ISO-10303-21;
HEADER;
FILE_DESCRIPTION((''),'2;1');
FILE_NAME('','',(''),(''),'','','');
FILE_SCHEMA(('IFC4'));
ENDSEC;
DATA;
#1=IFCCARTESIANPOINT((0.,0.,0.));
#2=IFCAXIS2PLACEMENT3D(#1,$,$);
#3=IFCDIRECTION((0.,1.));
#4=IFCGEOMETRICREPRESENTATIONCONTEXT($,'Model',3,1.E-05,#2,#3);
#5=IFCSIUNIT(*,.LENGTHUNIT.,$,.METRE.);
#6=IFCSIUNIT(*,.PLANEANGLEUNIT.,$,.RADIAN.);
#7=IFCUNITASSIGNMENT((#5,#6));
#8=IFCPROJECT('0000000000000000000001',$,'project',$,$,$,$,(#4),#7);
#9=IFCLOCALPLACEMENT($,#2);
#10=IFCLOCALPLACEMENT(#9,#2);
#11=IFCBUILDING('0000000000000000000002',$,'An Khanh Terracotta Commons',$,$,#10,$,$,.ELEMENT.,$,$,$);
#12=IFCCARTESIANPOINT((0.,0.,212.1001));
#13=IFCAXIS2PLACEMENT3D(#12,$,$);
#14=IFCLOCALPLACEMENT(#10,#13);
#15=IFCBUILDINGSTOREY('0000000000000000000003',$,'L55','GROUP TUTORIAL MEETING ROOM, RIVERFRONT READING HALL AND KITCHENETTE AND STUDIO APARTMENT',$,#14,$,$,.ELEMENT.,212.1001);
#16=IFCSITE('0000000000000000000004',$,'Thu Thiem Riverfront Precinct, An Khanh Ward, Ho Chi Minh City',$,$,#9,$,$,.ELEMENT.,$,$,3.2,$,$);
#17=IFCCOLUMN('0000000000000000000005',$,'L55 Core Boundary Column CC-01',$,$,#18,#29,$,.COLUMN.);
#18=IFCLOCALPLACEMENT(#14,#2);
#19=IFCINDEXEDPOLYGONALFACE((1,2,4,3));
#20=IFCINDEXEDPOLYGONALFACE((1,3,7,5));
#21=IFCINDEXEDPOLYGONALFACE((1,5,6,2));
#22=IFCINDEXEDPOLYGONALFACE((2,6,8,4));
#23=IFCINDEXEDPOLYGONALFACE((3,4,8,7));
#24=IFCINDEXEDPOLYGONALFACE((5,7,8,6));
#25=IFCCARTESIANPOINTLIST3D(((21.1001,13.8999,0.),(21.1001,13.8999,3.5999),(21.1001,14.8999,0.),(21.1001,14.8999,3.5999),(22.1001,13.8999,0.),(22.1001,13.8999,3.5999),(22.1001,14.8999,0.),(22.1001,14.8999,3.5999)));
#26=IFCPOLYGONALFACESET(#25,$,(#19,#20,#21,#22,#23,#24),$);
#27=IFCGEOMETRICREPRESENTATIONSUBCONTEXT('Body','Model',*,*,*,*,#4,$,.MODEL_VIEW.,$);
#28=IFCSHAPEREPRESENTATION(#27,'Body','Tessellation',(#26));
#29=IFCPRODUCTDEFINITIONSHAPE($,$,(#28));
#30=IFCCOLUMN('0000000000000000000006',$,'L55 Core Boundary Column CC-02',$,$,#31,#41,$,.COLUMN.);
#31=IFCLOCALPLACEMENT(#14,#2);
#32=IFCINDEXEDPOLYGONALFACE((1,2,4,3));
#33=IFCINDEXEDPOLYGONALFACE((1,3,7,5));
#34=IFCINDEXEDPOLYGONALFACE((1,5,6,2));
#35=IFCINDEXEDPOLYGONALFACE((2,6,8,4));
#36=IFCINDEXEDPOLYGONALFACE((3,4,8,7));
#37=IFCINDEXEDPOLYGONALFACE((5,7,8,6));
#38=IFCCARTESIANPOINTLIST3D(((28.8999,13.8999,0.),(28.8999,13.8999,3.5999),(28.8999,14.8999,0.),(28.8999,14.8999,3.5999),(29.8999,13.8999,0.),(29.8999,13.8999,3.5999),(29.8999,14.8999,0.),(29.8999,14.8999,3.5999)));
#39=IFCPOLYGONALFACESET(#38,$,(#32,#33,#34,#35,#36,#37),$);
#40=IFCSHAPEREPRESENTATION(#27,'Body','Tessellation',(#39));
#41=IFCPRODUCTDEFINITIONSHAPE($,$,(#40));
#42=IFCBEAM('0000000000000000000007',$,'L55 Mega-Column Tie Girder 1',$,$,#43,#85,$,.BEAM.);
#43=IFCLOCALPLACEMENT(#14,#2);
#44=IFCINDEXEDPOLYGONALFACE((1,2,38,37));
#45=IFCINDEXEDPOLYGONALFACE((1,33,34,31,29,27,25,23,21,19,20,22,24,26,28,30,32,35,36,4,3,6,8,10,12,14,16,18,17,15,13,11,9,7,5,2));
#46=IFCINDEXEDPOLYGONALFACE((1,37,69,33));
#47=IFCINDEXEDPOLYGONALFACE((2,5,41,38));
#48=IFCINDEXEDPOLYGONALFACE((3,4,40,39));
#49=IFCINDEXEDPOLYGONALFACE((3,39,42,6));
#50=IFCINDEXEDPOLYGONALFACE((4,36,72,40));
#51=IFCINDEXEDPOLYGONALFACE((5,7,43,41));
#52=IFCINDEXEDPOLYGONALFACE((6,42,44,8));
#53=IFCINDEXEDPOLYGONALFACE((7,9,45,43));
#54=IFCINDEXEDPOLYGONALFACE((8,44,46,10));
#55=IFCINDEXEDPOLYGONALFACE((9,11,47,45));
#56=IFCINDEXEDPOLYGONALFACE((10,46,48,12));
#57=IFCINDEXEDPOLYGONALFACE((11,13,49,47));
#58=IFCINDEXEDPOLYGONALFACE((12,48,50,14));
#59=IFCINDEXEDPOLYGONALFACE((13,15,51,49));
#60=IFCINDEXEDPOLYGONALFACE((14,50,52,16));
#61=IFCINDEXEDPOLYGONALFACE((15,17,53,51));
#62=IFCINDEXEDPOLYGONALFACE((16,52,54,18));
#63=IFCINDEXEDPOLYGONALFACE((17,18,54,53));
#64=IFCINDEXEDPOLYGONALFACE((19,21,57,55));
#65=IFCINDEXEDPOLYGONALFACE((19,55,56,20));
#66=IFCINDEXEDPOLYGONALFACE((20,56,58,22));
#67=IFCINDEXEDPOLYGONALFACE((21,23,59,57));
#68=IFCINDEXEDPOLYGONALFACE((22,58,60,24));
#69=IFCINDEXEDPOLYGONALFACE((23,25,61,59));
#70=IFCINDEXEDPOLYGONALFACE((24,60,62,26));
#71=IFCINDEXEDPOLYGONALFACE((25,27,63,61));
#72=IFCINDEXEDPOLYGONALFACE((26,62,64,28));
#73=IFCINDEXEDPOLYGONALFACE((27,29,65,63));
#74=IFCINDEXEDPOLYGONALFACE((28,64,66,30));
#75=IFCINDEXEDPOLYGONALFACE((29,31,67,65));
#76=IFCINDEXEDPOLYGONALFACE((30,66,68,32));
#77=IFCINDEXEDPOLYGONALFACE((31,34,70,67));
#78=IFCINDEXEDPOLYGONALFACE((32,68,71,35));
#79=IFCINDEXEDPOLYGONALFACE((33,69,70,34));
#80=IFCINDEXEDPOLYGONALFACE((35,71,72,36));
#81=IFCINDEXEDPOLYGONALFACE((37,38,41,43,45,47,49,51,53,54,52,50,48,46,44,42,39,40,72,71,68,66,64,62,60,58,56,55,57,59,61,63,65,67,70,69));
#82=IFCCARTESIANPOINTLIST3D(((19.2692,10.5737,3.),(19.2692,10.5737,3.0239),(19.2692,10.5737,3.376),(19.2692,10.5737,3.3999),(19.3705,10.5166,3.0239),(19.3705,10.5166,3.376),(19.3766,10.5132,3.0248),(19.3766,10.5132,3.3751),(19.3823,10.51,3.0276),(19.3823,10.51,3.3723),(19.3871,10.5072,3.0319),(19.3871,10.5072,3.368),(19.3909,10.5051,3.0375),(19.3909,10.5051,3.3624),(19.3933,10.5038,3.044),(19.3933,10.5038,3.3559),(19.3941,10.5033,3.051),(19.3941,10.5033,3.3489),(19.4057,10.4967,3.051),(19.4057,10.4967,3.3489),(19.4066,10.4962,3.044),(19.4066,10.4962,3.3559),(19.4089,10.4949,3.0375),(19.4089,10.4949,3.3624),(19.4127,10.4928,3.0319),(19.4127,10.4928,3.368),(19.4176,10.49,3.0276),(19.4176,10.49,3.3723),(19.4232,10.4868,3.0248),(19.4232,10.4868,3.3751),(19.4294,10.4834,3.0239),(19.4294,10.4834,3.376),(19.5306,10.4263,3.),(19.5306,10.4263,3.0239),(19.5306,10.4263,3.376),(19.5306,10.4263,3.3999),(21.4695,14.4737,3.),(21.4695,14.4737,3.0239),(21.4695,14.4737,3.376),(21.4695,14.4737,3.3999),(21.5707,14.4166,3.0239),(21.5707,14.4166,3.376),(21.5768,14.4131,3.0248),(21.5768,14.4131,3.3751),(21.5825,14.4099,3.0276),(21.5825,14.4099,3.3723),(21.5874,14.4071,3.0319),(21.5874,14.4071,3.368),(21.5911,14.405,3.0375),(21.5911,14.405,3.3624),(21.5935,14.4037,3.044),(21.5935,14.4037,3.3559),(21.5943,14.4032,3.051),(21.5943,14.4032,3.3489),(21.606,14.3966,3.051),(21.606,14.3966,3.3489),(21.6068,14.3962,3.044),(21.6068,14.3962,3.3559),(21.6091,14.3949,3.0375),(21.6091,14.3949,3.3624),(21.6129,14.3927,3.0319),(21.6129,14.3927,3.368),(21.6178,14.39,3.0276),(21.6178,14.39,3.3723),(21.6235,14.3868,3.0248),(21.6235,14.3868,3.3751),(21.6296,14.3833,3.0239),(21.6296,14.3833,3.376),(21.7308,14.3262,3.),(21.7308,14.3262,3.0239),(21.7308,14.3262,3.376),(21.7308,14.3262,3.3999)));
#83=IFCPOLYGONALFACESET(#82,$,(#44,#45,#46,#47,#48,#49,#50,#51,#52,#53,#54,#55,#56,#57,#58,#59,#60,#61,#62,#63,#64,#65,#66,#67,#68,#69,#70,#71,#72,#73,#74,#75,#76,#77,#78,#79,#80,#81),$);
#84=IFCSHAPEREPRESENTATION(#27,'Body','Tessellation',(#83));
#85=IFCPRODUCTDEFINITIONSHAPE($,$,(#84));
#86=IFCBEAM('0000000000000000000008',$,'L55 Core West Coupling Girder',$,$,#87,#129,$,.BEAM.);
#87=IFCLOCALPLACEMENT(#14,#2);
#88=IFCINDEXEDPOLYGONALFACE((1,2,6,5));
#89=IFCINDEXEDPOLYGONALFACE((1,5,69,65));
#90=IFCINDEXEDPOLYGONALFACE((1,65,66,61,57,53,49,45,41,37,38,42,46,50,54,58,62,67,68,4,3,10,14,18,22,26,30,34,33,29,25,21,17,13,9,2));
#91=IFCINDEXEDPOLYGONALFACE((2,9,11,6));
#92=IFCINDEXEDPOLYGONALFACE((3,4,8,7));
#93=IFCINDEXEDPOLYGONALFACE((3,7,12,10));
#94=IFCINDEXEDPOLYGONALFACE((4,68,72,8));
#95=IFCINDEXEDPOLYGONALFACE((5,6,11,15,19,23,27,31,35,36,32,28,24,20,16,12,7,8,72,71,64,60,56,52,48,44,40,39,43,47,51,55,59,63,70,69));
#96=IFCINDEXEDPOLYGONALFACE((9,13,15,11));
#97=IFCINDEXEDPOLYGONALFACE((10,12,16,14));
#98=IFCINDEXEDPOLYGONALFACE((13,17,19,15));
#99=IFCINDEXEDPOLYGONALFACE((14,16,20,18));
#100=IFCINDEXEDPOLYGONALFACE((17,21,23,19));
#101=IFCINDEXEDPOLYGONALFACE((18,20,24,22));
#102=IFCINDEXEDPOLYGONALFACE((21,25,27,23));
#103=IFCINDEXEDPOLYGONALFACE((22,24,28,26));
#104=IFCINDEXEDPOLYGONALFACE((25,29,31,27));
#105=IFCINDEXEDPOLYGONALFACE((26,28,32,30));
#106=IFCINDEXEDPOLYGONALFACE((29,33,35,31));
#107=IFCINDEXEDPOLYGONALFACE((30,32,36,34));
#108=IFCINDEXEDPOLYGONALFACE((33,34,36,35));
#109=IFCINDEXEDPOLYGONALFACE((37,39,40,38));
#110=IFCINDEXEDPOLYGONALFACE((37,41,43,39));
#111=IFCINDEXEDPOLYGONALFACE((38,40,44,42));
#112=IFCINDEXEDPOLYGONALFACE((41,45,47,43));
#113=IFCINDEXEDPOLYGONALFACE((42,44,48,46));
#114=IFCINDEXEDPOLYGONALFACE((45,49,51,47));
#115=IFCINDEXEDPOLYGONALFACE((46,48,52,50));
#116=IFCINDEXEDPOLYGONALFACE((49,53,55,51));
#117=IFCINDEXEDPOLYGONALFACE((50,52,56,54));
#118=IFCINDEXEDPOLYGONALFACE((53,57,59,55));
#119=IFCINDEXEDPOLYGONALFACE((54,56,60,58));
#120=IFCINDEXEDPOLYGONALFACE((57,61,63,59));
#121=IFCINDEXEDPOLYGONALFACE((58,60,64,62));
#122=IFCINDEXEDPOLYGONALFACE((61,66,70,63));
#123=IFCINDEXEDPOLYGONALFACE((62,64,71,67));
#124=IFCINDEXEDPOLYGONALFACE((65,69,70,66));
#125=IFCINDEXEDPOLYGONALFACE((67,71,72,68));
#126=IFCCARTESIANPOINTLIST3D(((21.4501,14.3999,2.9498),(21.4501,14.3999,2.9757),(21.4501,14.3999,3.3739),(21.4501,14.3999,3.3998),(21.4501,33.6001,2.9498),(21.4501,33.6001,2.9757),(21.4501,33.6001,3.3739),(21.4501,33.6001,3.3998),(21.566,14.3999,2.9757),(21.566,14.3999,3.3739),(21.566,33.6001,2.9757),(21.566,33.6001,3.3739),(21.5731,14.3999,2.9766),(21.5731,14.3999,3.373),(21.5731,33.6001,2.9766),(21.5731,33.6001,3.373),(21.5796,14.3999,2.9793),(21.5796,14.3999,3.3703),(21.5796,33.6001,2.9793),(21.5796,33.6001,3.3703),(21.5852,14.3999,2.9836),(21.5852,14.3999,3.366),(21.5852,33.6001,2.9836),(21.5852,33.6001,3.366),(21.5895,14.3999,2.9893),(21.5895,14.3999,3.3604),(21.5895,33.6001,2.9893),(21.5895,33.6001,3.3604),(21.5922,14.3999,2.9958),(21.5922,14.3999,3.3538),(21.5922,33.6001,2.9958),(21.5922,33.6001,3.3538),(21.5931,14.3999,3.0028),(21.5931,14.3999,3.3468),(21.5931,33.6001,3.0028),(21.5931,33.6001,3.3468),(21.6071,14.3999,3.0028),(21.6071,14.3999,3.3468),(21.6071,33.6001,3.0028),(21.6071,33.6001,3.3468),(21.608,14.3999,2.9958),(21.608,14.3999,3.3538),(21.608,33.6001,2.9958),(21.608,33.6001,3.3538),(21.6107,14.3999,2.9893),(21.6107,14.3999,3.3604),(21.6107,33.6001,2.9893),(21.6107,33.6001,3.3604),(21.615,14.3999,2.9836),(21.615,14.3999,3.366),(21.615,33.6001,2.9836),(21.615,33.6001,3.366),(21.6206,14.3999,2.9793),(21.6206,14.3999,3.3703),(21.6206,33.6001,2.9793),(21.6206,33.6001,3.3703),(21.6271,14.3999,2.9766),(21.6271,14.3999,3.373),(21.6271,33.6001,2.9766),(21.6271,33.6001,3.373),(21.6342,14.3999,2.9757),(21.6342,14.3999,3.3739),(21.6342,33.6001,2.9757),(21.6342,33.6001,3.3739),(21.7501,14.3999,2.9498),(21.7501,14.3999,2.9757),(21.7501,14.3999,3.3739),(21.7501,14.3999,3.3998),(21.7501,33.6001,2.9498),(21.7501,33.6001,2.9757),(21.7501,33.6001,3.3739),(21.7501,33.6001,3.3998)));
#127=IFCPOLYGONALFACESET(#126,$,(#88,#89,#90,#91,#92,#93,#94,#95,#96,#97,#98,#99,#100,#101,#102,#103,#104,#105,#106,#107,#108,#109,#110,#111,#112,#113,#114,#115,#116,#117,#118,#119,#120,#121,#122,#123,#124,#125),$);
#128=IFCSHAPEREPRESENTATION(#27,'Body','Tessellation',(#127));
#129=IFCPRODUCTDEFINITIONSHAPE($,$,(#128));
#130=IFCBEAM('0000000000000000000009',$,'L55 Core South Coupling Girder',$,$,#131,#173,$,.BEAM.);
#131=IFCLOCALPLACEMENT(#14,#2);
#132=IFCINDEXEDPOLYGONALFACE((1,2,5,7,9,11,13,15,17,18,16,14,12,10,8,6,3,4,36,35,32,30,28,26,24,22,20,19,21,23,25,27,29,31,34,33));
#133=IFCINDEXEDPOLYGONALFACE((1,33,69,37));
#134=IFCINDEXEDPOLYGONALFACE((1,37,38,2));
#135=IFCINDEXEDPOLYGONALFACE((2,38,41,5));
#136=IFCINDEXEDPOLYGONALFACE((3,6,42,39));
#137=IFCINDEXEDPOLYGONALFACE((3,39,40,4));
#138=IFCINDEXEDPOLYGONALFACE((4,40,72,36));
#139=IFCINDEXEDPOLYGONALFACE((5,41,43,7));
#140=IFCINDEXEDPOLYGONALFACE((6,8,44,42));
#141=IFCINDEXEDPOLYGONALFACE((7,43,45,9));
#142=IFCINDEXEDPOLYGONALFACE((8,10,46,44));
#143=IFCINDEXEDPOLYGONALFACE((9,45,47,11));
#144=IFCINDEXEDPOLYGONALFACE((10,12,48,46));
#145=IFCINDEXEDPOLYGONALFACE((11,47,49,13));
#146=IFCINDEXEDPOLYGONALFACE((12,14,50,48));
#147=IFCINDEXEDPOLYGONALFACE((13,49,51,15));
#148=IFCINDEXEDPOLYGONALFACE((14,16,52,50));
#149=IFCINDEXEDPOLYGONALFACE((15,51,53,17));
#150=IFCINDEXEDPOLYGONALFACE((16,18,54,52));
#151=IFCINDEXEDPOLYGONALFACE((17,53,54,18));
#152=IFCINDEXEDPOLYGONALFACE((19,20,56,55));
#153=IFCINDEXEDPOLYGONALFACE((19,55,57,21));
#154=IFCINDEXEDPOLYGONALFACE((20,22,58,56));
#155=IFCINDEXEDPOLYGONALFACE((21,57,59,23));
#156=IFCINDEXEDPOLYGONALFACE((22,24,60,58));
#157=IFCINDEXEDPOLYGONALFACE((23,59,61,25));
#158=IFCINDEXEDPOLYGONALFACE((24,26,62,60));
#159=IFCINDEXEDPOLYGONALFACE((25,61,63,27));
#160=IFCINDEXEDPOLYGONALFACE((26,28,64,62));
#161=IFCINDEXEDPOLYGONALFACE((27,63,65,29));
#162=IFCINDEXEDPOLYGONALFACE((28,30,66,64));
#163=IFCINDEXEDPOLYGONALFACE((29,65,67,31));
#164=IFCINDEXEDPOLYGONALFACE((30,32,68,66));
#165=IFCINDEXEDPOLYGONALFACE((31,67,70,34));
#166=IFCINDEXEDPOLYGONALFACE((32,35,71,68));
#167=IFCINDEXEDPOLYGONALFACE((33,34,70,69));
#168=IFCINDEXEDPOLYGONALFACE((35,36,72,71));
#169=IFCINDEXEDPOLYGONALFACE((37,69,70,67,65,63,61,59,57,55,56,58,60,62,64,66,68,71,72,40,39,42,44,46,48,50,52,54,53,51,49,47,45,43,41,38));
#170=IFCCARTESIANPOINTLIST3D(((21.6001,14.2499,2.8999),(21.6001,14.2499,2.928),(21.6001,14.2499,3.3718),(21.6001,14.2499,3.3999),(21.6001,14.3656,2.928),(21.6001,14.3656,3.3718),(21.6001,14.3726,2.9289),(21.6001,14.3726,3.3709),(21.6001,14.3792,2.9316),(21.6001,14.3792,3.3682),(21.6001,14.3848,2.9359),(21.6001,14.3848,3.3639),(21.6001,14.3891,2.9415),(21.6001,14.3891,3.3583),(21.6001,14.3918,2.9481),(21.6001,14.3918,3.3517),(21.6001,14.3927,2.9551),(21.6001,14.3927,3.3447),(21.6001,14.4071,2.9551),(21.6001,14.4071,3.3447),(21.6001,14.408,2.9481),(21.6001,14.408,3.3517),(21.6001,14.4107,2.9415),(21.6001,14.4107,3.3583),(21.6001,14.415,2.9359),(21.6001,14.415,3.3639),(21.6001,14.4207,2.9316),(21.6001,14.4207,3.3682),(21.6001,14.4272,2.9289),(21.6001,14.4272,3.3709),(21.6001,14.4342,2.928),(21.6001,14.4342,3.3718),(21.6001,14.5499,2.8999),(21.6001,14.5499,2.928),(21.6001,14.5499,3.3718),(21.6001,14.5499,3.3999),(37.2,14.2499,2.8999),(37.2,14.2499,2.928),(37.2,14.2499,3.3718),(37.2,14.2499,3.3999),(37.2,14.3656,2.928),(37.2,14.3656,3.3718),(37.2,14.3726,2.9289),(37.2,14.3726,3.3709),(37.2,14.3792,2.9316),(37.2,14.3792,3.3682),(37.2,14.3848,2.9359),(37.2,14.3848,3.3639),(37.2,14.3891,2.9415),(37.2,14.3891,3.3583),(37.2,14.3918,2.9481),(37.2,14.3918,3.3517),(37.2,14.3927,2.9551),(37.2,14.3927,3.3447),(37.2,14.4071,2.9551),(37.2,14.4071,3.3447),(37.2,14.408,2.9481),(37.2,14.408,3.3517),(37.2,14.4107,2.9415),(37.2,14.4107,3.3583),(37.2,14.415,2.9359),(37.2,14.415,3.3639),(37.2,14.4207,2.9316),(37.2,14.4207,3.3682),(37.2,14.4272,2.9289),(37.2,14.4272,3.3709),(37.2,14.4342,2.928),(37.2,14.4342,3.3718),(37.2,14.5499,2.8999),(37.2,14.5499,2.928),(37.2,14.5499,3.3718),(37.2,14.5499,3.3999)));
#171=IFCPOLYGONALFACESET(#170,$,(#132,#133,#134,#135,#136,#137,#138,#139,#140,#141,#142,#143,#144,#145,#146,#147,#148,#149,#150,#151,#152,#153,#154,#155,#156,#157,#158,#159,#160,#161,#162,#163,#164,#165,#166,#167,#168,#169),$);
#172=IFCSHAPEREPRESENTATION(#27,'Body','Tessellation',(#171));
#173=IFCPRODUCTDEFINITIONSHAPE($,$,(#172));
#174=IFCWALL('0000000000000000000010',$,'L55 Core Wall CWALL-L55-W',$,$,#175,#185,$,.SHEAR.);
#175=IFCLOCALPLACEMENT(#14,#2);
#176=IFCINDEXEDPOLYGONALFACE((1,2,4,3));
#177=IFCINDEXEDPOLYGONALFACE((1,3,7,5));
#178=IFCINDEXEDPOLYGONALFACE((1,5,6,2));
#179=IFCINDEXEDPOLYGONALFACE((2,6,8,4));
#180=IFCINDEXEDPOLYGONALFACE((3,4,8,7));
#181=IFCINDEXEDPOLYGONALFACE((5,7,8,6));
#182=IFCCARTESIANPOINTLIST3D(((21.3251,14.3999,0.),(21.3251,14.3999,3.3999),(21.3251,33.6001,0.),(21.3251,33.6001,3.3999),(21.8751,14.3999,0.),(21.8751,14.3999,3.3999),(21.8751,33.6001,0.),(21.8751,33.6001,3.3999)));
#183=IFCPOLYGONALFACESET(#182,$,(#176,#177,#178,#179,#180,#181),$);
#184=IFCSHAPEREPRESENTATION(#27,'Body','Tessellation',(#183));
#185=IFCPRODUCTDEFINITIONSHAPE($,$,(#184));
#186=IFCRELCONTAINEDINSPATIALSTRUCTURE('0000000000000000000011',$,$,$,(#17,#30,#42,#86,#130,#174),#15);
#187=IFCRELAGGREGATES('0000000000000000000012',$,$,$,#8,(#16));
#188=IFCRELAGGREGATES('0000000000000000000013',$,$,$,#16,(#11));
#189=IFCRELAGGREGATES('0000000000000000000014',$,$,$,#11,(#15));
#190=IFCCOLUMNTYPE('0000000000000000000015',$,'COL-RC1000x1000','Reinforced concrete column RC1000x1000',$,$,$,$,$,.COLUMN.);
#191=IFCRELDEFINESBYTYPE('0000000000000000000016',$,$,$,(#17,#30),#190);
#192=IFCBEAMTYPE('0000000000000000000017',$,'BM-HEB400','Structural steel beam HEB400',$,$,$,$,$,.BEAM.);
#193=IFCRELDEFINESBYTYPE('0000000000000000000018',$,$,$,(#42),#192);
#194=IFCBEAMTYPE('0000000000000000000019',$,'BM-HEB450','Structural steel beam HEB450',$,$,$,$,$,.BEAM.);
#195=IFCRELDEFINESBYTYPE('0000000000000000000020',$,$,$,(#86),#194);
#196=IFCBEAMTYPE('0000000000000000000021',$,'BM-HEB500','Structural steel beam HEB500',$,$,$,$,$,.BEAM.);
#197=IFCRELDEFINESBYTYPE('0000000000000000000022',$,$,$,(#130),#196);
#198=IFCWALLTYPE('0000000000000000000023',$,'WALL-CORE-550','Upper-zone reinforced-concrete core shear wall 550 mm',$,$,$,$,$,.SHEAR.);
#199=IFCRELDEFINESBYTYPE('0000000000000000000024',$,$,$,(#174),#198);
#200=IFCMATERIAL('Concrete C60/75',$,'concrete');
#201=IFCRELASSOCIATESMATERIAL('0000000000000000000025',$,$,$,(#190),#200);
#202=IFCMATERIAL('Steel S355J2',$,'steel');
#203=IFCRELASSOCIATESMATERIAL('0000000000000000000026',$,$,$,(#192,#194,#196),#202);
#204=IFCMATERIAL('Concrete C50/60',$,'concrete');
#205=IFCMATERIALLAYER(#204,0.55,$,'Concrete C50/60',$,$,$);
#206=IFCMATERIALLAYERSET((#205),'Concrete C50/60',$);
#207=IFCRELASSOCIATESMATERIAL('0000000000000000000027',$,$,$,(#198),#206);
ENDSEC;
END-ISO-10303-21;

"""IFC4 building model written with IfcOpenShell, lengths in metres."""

from ifc_helpers import new_model, si_unit, direction, frame, frame_2d, origin, origin_2d, place, context, subcontext, project, spatial, rectangle, i_section, extrude, material, layer, layer_set, material_profile, profile_set, type_object, element, save


model = new_model("IFC4")

# Units and contexts
model_context = context("Model", 3, precision=1e-05, world=origin(), true_north=direction((0.0, 1.0)))
body_context = subcontext(model_context, "Body", "Model", "MODEL_VIEW")
ifc_project = project(units=[si_unit("LENGTHUNIT", "METRE"), si_unit("PLANEANGLEUNIT", "RADIAN")], contexts=[model_context])

# Site, building, storey
site_placement = place(None, origin())
site = spatial("IfcSite", under=ifc_project, at=site_placement, Name="Thu Thiem Riverfront Precinct, An Khanh Ward, Ho Chi Minh City", CompositionType="ELEMENT", RefElevation=3.2)
building_placement = place(site_placement, origin())
building = spatial("IfcBuilding", under=site, at=building_placement, Name="An Khanh Terracotta Commons", CompositionType="ELEMENT")
storey_placement = place(building_placement, frame((0.0, 0.0, 212.1001)))
storey = spatial("IfcBuildingStorey", under=building, at=storey_placement, Name="L55", Description="GROUP TUTORIAL MEETING ROOM, RIVERFRONT READING HALL AND KITCHENETTE AND STUDIO APARTMENT", CompositionType="ELEMENT", Elevation=212.1001)

# Columns
ifc_material_1 = material(Name="Concrete C60/75", Category="concrete")
ifc_material_profile_1 = material_profile(ifc_material_1, rectangle(XDim=1.0, YDim=1.0, at=origin_2d()), Name="RC1000x1000")
ifc_profile_set_1 = profile_set([ifc_material_profile_1], Name="Concrete C60/75")
column_type = type_object("IfcColumnType", Name="COL-RC1000x1000", Description="Reinforced concrete column RC1000x1000", PredefinedType="COLUMN", material=ifc_profile_set_1)
for number, where, z_axis, x_axis, name in (
    (1, (21.6001, 14.3999, 0.0), (0.0, 0.0, 1.0), (1.0, 0.0, 0.0), "L55 Core Boundary Column CC-01"),
    (2, (29.3999, 14.3999, 0.0), (0.0, 0.0, 1.0), (1.0, 0.0, 0.0), "L55 Core Boundary Column CC-02"),
):
    element("IfcColumn", number, at=place(storey_placement, frame(where, z_axis=z_axis, x_axis=x_axis)), inside=storey, type_object=column_type, Name=name, PredefinedType="COLUMN", context=body_context, shape_type="SweptSolid", body=[
        extrude(rectangle(XDim=1.0, YDim=1.0, at=origin_2d()), origin(), (0.0, 0.0, 1.0), 3.5999),
    ])

# Beams
ifc_material_2 = material(Name="Steel S355J2", Category="steel")
ifc_material_profile_2 = material_profile(ifc_material_2, i_section(OverallWidth=0.3, OverallDepth=0.3999, WebThickness=0.0134, FlangeThickness=0.0239, FilletRadius=0.0271, at=origin_2d()), Name="HEB400")
ifc_profile_set_2 = profile_set([ifc_material_profile_2], Name="Steel S355J2")
beam_type_1 = type_object("IfcBeamType", Name="BM-HEB400", Description="Structural steel beam HEB400", PredefinedType="BEAM", material=ifc_profile_set_2)
beam_1_placement = place(storey_placement, frame((19.3999, 10.5, 3.2), z_axis=(0.491364, 0.870955, 0.0), x_axis=(-0.870955, 0.491364, 0.0)))
element("IfcBeam", 3, at=beam_1_placement, inside=storey, type_object=beam_type_1, Name="L55 Mega-Column Tie Girder 1", PredefinedType="BEAM", context=body_context, shape_type="SweptSolid", body=[
    extrude(i_section(OverallWidth=0.3, OverallDepth=0.3999, WebThickness=0.0134, FlangeThickness=0.0239, FilletRadius=0.0271, at=origin_2d()), origin(), (0.0, 0.0, 1.0), 4.4778),
])
ifc_material_profile_3 = material_profile(ifc_material_2, i_section(OverallWidth=0.3, OverallDepth=0.45, WebThickness=0.0139, FlangeThickness=0.0259, FilletRadius=0.0271, at=origin_2d()), Name="HEB450")
ifc_profile_set_3 = profile_set([ifc_material_profile_3], Name="Steel S355J2")
beam_type_2 = type_object("IfcBeamType", Name="BM-HEB450", Description="Structural steel beam HEB450", PredefinedType="BEAM", material=ifc_profile_set_3)
beam_2_placement = place(storey_placement, frame((21.6001, 14.3999, 3.1748), z_axis=(0.0, 1.0, 0.0), x_axis=(-1.0, 0.0, 0.0)))
element("IfcBeam", 4, at=beam_2_placement, inside=storey, type_object=beam_type_2, Name="L55 Core West Coupling Girder", PredefinedType="BEAM", context=body_context, shape_type="SweptSolid", body=[
    extrude(i_section(OverallWidth=0.3, OverallDepth=0.45, WebThickness=0.0139, FlangeThickness=0.0259, FilletRadius=0.0271, at=origin_2d()), origin(), (0.0, 0.0, 1.0), 19.2002),
])
ifc_material_profile_4 = material_profile(ifc_material_2, i_section(OverallWidth=0.3, OverallDepth=0.5, WebThickness=0.0144, FlangeThickness=0.0281, FilletRadius=0.0271, at=origin_2d()), Name="HEB500")
ifc_profile_set_4 = profile_set([ifc_material_profile_4], Name="Steel S355J2")
beam_type_3 = type_object("IfcBeamType", Name="BM-HEB500", Description="Structural steel beam HEB500", PredefinedType="BEAM", material=ifc_profile_set_4)
beam_3_placement = place(storey_placement, frame((21.6001, 14.3999, 3.1499), z_axis=(1.0, 0.0, 0.0), x_axis=(0.0, 1.0, 0.0)))
element("IfcBeam", 5, at=beam_3_placement, inside=storey, type_object=beam_type_3, Name="L55 Core South Coupling Girder", PredefinedType="BEAM", context=body_context, shape_type="SweptSolid", body=[
    extrude(i_section(OverallWidth=0.3, OverallDepth=0.5, WebThickness=0.0144, FlangeThickness=0.0281, FilletRadius=0.0271, at=origin_2d()), origin(), (0.0, 0.0, 1.0), 15.5999),
])

# Wall
ifc_material_3 = material(Name="Concrete C50/60", Category="concrete")
ifc_layer_1 = layer(ifc_material_3, 0.55, Name="Concrete C50/60")
ifc_layer_set_1 = layer_set([ifc_layer_1], Name="Concrete C50/60")
wall_type_1 = type_object("IfcWallType", Name="WALL-CORE-550", Description="Upper-zone reinforced-concrete core shear wall 550 mm", PredefinedType="SHEAR", material=ifc_layer_set_1)
wall_1_placement = place(storey_placement, frame((21.6001, 14.3999, 0.0), z_axis=(0.0, 0.0, 1.0), x_axis=(0.0, 1.0, 0.0)))
element("IfcWall", 6, at=wall_1_placement, inside=storey, type_object=wall_type_1, Name="L55 Core Wall CWALL-L55-W", PredefinedType="SHEAR", context=body_context, shape_type="SweptSolid", body=[
    extrude(rectangle(XDim=19.2002, YDim=0.55, at=frame_2d((9.6001, 0.0))), origin(), (0.0, 0.0, 1.0), 3.3999),
])

save(model, "model.ifc")
